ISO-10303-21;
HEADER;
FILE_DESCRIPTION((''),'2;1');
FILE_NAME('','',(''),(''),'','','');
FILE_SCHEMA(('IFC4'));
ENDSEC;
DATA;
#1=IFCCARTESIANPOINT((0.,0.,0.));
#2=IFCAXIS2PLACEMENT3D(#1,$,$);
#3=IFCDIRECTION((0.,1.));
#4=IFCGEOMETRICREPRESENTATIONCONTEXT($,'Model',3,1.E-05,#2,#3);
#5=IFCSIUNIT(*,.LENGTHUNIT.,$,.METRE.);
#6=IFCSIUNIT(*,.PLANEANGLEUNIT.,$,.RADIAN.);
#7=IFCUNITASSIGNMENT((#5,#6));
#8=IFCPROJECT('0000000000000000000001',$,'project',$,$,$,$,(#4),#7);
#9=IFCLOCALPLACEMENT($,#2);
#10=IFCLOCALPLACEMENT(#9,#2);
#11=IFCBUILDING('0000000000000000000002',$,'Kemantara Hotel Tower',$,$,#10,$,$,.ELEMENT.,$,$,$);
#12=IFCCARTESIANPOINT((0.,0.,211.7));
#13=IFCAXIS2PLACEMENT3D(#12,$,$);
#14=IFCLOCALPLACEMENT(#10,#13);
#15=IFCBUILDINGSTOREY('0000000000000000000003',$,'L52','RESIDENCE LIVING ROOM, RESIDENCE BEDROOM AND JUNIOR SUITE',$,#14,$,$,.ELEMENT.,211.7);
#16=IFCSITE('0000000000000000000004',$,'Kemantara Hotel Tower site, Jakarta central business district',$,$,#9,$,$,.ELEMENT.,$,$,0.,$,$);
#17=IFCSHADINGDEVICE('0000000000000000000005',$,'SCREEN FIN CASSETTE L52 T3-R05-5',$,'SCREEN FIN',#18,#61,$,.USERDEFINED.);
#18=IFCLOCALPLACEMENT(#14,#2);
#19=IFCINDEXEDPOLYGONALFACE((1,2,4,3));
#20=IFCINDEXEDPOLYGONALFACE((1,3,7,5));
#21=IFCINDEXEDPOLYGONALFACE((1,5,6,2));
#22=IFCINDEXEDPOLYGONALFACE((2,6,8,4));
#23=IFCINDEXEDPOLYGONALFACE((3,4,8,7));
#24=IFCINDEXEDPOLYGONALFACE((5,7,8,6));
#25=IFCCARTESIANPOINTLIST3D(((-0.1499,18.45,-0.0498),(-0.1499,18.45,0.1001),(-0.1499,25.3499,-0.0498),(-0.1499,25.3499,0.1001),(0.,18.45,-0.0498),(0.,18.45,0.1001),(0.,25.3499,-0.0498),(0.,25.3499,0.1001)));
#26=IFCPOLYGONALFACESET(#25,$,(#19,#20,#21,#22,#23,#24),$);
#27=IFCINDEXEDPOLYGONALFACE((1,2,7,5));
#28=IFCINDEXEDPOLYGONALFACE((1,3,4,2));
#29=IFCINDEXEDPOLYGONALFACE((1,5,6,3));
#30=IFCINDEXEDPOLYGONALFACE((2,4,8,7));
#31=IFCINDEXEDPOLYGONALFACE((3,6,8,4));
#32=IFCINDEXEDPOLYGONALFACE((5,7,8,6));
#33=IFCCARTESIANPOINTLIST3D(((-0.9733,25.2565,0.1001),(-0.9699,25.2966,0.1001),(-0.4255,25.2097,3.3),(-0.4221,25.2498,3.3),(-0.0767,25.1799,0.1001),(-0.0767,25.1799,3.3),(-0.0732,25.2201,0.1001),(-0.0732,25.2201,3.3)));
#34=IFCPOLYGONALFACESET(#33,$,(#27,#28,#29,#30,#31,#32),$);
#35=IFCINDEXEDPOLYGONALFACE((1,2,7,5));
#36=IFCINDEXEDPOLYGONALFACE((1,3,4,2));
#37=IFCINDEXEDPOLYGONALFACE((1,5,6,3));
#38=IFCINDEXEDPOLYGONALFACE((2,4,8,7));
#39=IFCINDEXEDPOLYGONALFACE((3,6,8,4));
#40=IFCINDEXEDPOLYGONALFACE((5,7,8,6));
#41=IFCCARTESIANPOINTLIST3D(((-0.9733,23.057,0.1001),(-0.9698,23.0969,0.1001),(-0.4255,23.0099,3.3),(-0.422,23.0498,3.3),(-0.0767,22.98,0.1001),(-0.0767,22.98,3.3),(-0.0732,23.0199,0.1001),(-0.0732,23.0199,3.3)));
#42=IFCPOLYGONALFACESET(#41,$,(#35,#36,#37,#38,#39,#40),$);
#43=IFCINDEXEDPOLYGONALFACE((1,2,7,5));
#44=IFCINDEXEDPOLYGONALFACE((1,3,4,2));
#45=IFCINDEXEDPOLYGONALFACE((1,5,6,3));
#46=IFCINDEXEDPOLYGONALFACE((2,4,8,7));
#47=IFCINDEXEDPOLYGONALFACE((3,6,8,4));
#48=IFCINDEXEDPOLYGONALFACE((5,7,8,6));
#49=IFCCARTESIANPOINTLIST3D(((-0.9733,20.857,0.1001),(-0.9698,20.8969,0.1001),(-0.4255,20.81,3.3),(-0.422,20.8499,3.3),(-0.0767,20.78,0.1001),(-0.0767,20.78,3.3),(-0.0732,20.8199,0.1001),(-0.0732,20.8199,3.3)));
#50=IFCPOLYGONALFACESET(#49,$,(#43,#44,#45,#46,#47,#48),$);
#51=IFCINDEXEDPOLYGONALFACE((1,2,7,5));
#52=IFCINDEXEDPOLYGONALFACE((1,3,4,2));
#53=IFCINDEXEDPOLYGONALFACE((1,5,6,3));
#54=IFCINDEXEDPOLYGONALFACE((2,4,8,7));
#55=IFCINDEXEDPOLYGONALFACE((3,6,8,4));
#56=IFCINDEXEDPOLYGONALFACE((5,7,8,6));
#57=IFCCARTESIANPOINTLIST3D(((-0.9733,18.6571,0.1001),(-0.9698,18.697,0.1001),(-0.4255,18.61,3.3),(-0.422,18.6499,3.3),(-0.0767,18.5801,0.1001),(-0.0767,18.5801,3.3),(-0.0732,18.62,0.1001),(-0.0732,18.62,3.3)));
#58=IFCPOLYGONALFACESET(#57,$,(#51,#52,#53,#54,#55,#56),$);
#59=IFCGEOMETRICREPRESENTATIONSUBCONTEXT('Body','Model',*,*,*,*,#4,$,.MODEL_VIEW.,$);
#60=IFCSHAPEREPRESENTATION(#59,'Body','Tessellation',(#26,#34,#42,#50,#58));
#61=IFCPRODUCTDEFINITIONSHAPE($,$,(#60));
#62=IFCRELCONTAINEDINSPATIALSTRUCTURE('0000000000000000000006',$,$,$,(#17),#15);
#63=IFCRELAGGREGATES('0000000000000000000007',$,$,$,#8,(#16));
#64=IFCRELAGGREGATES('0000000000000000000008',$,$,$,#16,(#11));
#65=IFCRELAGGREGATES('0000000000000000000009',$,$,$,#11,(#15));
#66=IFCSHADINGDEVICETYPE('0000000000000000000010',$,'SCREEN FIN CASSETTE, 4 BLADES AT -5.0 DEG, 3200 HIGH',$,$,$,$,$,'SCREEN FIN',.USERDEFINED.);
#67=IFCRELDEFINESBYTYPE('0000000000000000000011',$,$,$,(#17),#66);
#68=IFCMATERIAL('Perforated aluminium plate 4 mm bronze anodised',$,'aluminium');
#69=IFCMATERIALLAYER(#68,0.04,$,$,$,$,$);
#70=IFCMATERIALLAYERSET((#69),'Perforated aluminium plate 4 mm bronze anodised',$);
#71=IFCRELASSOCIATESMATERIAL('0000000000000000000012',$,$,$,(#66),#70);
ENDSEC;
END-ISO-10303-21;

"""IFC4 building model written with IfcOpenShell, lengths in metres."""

from ifc_helpers import new_model, si_unit, direction, frame, origin, origin_2d, place, context, subcontext, project, spatial, polyline, rectangle, outline, extrude, source, transform, mapped, material, layer, layer_set, type_object, element, save


model = new_model("IFC4")

# Units and contexts
model_context = context("Model", 3, precision=1e-05, world=origin(), true_north=direction((0.0, 1.0)))
body_context = subcontext(model_context, "Body", "Model", "MODEL_VIEW")
ifc_project = project(units=[si_unit("LENGTHUNIT", "METRE"), si_unit("PLANEANGLEUNIT", "RADIAN")], contexts=[model_context])

# Site, building, storey
site_placement = place(None, origin())
site = spatial("IfcSite", under=ifc_project, at=site_placement, Name="Kemantara Hotel Tower site, Jakarta central business district", CompositionType="ELEMENT", RefElevation=0.0)
building_placement = place(site_placement, origin())
building = spatial("IfcBuilding", under=site, at=building_placement, Name="Kemantara Hotel Tower", CompositionType="ELEMENT")
storey_placement = place(building_placement, frame((0.0, 0.0, 211.7)))
storey = spatial("IfcBuildingStorey", under=building, at=storey_placement, Name="L52", Description="RESIDENCE LIVING ROOM, RESIDENCE BEDROOM AND JUNIOR SUITE", CompositionType="ELEMENT", Elevation=211.7)

# Shading device
ifc_material_1 = material(Name="Perforated aluminium plate 4 mm bronze anodised", Category="aluminium")
ifc_layer_1 = layer(ifc_material_1, 0.04)
ifc_layer_set_1 = layer_set([ifc_layer_1], Name="Perforated aluminium plate 4 mm bronze anodised")
shading_device_type_1 = type_object("IfcShadingDeviceType", Name="SCREEN FIN CASSETTE, 4 BLADES AT -5.0 DEG, 3200 HIGH", ElementType="SCREEN FIN", PredefinedType="USERDEFINED", material=ifc_layer_set_1)
shared_shape_1 = source(origin(), body_context, "Body", "SweptSolid", [
    extrude(rectangle(XDim=6.8999, YDim=0.1499, at=origin_2d()), frame((3.3, -0.075, -0.1499), z_axis=(0.0, 0.0, 1.0), x_axis=(1.0, 0.0, 0.0)), (0.0, 0.0, 1.0), 0.1499),
    extrude(outline(polyline([(0.0, 0.0), (0.8999, 0.0), (0.3501, 3.2), (0.0, 3.2), (0.0, 0.0)])), frame((0.02, -0.0767, 0.0), z_axis=(-0.996376, 0.085056, 0.0), x_axis=(-0.085056, -0.996376, 0.0)), (0.0, 0.0, 1.0), 0.0403),
    extrude(outline(polyline([(0.0, 0.0), (0.8999, 0.0), (0.3501, 3.2), (0.0, 3.2), (0.0, 0.0)])), frame((2.22, -0.0767, 0.0), z_axis=(-0.996332, 0.085575, 0.0), x_axis=(-0.085575, -0.996332, 0.0)), (0.0, 0.0, 1.0), 0.04),
    extrude(outline(polyline([(0.0, 0.0), (0.8999, 0.0), (0.3501, 3.2), (0.0, 3.2), (0.0, 0.0)])), frame((4.4199, -0.0767, 0.0), z_axis=(-0.996332, 0.085575, 0.0), x_axis=(-0.085575, -0.996332, 0.0)), (0.0, 0.0, 1.0), 0.04),
    extrude(outline(polyline([(0.0, 0.0), (0.8999, 0.0), (0.3501, 3.2), (0.0, 3.2), (0.0, 0.0)])), frame((6.6199, -0.0767, 0.0), z_axis=(-0.996332, 0.085575, 0.0), x_axis=(-0.085575, -0.996332, 0.0)), (0.0, 0.0, 1.0), 0.04),
])
shading_device_1_placement = place(storey_placement, frame((0.0, 25.2, 0.1001), z_axis=(0.0, 0.0, 1.0), x_axis=(0.0, -1.0, 0.0)))
element("IfcShadingDevice", 1, at=shading_device_1_placement, inside=storey, type_object=shading_device_type_1, Name="SCREEN FIN CASSETTE L52 T3-R05-5", ObjectType="SCREEN FIN", PredefinedType="USERDEFINED", context=body_context, shape_type="MappedRepresentation", body=[
    mapped(shared_shape_1, transform((0.0, 0.0, 0.0))),
])

save(model, "model.ifc")
